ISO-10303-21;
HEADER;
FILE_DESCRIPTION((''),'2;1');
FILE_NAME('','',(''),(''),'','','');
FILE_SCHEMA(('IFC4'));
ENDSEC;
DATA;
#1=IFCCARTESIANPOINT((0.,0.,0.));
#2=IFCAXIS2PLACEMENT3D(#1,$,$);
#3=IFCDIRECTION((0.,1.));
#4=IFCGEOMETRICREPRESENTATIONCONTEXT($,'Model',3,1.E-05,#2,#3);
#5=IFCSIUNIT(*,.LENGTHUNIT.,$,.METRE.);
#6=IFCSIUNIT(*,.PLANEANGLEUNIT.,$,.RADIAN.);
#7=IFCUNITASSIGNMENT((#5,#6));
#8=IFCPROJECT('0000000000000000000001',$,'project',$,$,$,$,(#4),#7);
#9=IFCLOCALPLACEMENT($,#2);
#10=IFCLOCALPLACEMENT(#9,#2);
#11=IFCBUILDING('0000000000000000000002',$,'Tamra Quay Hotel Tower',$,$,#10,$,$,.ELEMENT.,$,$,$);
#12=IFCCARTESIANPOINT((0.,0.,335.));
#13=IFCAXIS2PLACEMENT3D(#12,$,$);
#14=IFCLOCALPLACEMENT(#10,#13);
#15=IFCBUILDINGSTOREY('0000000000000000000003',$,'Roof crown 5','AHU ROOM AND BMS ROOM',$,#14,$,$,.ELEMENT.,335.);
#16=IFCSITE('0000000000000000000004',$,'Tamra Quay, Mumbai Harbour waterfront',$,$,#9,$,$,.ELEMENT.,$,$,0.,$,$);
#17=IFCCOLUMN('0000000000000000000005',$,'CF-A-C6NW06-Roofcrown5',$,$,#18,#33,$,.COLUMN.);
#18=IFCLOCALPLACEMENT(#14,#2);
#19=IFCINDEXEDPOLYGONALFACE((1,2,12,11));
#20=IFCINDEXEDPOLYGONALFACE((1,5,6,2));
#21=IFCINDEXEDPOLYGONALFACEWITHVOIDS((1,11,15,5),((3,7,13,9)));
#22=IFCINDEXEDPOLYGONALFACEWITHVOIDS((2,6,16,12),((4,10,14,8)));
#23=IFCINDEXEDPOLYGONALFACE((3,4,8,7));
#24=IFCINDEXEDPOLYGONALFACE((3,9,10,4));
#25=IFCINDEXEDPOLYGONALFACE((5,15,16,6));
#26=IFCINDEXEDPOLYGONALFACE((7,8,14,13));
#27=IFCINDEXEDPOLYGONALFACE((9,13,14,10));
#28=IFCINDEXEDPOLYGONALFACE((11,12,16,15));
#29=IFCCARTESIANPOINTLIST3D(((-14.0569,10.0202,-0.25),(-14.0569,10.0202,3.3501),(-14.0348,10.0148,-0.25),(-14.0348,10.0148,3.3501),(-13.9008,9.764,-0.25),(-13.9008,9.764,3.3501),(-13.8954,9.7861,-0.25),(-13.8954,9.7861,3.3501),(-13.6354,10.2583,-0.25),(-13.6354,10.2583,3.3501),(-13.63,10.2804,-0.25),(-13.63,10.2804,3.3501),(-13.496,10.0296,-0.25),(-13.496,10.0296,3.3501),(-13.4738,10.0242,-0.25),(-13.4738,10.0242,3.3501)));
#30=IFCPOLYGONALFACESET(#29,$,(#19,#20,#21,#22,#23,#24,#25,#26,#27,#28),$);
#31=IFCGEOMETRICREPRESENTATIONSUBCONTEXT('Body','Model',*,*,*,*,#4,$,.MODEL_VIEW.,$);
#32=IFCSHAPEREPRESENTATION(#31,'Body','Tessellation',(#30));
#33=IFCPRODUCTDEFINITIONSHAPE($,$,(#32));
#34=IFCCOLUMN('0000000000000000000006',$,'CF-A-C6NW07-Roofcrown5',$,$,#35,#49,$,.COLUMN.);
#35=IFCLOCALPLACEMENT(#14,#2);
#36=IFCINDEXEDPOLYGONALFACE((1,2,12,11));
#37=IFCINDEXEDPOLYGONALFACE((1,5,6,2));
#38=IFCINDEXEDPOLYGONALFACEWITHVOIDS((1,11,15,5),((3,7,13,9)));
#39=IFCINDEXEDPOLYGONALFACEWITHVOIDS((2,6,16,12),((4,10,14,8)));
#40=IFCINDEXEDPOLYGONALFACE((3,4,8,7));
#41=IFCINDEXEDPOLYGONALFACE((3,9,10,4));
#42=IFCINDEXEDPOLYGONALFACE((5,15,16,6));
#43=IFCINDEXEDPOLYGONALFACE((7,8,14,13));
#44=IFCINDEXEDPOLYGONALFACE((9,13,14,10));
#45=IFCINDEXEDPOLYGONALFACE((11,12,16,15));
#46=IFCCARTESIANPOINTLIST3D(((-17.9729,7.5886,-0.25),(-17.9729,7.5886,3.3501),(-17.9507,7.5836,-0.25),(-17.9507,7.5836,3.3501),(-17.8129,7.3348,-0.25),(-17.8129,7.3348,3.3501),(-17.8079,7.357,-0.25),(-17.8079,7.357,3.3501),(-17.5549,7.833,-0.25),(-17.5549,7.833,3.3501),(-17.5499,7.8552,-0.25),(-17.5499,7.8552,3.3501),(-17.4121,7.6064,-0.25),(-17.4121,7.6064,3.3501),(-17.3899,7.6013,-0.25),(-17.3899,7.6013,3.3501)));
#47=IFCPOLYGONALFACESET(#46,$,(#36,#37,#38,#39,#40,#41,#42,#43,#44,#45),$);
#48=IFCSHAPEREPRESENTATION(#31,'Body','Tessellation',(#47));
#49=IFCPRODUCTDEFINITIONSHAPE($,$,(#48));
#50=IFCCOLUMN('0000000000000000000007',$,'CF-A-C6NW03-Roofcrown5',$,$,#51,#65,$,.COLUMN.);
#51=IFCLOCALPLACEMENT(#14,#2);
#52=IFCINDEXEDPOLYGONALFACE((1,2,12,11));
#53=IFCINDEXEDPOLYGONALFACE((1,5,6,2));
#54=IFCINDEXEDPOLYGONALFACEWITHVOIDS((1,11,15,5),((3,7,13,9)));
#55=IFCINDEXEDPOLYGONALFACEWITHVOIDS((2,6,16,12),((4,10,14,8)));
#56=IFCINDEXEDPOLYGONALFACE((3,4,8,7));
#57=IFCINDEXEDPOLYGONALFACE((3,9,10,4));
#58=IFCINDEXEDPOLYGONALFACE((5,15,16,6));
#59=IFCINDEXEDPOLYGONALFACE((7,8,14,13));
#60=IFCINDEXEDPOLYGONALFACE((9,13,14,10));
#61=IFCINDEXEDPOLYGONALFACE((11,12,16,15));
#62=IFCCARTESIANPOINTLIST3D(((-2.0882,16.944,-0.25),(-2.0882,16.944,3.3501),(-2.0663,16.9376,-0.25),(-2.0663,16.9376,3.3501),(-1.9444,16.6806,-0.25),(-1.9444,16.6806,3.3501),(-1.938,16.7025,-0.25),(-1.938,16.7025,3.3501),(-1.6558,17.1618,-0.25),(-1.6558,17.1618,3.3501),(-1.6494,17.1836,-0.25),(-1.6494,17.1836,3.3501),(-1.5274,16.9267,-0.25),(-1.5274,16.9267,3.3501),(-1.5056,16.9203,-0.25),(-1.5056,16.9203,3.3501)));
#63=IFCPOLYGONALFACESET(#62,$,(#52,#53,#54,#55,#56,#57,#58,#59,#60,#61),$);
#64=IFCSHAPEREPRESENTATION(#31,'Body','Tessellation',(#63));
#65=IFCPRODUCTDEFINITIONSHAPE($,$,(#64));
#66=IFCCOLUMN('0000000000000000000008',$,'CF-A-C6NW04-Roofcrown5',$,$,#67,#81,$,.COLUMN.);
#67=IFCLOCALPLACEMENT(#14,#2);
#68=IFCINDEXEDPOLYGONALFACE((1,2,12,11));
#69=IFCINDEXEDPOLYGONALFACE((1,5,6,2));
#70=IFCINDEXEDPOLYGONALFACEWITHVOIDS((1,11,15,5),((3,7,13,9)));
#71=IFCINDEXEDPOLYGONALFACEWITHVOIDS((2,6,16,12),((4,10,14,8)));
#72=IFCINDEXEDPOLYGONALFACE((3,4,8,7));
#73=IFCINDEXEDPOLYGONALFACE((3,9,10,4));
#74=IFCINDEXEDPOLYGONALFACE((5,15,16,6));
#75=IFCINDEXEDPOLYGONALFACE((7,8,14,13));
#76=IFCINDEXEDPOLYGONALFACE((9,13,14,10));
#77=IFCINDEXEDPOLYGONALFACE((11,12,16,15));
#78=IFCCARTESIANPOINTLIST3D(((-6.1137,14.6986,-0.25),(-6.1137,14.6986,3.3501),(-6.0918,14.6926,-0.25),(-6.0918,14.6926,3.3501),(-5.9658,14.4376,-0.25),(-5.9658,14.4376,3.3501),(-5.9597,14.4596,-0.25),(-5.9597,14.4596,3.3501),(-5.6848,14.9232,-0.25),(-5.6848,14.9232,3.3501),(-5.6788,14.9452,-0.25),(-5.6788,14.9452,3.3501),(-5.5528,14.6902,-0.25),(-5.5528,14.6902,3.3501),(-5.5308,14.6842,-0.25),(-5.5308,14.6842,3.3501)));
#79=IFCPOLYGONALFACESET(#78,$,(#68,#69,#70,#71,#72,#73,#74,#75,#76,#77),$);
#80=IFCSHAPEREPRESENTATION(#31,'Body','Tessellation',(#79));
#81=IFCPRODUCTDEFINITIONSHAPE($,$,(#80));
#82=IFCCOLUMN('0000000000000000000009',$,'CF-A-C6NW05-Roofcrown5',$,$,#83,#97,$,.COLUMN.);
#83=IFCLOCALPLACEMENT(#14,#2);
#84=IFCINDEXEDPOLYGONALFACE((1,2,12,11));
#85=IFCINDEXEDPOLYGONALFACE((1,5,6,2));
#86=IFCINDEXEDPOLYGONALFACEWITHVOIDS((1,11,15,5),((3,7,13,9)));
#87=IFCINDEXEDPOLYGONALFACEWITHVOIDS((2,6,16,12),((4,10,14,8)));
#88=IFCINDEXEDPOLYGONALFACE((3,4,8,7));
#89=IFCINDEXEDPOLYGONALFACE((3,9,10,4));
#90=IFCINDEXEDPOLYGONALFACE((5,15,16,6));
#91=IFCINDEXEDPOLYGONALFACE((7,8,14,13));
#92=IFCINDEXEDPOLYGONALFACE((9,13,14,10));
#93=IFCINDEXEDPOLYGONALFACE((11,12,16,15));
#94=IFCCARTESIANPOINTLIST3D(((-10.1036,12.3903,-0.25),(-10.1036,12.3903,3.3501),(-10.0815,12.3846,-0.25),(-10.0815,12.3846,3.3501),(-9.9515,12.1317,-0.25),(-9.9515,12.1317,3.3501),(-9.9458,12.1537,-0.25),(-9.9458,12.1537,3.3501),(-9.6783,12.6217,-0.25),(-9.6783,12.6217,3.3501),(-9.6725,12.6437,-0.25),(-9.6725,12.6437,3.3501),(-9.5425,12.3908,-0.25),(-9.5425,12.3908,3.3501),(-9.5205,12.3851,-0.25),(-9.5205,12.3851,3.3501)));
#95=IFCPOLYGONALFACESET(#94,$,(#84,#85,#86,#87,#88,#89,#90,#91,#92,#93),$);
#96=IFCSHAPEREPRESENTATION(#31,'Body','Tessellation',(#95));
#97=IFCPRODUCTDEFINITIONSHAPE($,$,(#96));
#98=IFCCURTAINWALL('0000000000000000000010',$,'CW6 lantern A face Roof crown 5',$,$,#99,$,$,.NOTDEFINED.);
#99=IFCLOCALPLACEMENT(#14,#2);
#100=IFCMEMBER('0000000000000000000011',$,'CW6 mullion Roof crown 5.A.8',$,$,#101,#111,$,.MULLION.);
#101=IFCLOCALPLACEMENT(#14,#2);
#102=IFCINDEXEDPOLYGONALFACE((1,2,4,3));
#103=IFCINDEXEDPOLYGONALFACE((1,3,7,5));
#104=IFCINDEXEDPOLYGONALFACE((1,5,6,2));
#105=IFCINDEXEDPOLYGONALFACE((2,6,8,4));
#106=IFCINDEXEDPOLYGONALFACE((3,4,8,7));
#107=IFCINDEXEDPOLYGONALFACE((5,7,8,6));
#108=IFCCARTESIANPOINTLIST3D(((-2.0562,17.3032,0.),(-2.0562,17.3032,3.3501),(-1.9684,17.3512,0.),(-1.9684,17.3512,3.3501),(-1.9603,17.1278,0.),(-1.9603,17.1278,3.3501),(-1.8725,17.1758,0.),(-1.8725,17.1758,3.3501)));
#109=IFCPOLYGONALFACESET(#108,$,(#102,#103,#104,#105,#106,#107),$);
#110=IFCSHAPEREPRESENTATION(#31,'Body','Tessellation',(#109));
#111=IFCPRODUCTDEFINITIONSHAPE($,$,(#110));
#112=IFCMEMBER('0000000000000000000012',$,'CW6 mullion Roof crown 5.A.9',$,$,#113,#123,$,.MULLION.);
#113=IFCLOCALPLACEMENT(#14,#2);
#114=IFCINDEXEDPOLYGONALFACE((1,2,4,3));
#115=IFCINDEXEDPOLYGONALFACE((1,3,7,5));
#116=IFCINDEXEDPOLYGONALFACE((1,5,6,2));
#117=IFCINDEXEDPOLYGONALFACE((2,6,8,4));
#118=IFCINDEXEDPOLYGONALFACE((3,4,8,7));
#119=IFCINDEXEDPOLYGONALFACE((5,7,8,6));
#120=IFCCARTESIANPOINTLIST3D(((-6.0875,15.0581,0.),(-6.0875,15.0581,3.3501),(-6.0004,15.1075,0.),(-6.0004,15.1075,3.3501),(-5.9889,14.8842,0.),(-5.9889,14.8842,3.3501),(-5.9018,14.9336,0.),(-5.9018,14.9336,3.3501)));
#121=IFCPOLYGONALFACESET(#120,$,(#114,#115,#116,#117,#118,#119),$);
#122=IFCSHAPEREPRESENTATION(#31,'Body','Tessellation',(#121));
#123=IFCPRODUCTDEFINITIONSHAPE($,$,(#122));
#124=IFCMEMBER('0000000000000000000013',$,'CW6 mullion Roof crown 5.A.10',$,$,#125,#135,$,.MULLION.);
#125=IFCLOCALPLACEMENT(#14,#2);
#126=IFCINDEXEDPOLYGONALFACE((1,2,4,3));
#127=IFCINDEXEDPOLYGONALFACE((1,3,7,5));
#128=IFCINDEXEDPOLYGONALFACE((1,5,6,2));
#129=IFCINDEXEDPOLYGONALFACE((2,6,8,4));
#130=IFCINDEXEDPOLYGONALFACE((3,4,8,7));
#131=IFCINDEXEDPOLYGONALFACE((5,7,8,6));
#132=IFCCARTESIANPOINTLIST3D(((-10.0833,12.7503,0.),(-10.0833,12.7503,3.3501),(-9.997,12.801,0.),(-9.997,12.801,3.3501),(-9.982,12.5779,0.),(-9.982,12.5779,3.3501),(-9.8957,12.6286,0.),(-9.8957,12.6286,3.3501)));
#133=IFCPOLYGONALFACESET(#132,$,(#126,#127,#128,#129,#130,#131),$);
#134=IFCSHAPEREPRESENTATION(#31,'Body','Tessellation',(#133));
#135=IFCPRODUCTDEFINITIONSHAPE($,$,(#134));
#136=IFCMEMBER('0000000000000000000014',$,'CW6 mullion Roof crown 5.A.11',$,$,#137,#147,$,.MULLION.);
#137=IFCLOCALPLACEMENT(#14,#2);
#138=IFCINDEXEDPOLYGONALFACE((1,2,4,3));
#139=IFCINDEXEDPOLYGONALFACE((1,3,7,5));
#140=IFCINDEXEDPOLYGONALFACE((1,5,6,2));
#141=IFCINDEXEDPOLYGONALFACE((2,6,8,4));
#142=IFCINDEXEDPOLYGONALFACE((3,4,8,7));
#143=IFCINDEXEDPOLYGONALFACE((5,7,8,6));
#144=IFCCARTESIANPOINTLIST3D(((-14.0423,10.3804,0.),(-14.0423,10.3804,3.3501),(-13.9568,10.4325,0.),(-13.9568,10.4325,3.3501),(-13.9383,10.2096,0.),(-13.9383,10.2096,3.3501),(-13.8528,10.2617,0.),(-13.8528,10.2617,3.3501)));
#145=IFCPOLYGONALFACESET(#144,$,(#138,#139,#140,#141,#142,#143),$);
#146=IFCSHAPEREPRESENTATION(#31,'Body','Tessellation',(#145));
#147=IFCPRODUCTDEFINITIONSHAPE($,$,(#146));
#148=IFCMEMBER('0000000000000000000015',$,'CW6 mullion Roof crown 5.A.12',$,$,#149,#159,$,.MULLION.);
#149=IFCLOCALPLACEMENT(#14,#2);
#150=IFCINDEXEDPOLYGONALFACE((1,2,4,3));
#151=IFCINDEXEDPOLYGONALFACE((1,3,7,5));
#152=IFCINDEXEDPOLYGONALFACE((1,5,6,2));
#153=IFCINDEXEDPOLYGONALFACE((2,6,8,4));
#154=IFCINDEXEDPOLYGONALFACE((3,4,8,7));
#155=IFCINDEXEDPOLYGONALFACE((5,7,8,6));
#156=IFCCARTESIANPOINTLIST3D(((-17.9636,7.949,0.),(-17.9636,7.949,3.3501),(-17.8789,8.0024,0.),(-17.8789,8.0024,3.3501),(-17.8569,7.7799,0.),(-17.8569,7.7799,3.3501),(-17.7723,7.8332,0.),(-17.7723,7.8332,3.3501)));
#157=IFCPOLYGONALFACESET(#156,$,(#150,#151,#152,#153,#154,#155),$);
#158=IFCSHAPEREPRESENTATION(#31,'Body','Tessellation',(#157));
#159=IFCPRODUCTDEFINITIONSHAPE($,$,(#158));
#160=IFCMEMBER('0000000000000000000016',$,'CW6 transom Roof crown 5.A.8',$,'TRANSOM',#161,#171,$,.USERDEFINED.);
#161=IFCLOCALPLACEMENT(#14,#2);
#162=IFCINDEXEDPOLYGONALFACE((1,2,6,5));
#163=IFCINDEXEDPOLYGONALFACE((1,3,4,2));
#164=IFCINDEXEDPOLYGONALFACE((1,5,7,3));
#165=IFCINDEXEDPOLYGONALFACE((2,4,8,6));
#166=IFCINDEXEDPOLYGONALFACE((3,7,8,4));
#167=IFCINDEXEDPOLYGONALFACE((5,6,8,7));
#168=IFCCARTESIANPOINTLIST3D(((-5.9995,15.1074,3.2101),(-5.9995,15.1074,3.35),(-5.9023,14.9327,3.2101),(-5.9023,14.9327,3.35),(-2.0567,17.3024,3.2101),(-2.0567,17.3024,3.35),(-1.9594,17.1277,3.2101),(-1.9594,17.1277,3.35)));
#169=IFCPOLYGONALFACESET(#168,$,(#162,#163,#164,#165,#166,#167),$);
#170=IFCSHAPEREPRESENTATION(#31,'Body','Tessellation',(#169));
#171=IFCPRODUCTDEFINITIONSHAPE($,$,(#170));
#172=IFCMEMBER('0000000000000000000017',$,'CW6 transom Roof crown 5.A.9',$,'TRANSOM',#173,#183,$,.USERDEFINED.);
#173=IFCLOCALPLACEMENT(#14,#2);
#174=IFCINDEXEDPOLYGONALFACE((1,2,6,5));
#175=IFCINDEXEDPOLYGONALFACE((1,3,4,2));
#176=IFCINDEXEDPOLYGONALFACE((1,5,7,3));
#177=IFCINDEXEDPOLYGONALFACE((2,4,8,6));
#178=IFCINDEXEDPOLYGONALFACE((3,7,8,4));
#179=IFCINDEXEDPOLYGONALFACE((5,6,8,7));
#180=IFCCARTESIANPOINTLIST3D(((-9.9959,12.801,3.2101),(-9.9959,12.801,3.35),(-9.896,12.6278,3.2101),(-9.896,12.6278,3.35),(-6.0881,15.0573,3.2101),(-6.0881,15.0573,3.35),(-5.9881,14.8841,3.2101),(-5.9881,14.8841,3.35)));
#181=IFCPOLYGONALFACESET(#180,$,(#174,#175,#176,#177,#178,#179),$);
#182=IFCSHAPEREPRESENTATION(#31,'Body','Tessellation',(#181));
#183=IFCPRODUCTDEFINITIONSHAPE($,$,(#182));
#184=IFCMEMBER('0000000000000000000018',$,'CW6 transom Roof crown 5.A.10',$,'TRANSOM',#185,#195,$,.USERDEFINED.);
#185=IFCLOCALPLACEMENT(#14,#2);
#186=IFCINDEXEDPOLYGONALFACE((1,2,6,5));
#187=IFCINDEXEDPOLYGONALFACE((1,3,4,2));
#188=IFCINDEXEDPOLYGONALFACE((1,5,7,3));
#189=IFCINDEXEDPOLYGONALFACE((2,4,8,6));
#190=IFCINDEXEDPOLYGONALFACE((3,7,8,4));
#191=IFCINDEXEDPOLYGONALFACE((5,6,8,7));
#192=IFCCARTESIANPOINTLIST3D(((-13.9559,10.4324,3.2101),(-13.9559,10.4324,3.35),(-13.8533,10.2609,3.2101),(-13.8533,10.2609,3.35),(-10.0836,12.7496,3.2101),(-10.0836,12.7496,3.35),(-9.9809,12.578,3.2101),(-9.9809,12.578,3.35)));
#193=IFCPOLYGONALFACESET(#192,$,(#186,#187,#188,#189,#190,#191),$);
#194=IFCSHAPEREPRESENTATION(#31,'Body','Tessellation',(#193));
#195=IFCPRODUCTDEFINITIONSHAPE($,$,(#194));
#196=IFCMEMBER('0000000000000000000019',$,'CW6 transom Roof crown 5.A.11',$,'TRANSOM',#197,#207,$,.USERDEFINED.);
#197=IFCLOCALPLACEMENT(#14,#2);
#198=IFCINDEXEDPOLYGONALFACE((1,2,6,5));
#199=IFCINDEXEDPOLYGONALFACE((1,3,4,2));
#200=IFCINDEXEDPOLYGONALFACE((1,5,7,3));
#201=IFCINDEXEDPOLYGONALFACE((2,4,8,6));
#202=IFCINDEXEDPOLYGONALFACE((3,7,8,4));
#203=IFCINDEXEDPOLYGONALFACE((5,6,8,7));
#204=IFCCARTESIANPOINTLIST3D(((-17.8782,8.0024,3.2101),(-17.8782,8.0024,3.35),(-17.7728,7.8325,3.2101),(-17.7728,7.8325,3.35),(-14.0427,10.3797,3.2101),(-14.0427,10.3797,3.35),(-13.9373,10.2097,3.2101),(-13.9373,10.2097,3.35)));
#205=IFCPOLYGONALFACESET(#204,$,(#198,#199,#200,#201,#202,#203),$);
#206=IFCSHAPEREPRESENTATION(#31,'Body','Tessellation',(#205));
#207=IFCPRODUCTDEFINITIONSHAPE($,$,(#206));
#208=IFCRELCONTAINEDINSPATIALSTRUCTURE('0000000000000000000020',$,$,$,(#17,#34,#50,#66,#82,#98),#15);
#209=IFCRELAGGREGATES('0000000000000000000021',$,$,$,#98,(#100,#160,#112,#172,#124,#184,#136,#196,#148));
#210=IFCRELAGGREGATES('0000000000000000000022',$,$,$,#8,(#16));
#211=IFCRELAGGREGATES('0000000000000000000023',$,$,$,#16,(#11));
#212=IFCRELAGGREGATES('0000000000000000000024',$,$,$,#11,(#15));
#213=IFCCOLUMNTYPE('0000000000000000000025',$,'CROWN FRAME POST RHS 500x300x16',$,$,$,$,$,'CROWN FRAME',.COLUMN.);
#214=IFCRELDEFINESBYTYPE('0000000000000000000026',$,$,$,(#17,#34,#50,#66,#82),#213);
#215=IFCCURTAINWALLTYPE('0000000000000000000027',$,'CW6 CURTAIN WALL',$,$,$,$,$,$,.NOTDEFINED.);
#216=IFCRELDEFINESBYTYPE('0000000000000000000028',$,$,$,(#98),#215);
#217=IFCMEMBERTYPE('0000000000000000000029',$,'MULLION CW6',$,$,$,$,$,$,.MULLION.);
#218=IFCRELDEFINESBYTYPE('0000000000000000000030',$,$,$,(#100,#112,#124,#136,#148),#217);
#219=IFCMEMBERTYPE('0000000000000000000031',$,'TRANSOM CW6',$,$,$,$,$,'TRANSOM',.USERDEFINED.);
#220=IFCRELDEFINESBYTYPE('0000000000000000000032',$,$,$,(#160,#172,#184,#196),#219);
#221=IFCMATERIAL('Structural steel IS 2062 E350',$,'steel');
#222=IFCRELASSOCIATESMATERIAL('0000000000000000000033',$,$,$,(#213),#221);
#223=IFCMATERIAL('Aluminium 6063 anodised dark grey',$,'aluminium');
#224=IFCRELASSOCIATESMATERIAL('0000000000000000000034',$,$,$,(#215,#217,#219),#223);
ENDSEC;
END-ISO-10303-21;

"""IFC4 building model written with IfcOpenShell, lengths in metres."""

from ifc_helpers import new_model, si_unit, direction, frame, origin, origin_2d, place, context, subcontext, project, spatial, rectangle, hollow_rectangle, extrude, material, material_profile, profile_set, type_object, element, aggregate, save


model = new_model("IFC4")

# Units and contexts
model_context = context("Model", 3, precision=1e-05, world=origin(), true_north=direction((0.0, 1.0)))
body_context = subcontext(model_context, "Body", "Model", "MODEL_VIEW")
ifc_project = project(units=[si_unit("LENGTHUNIT", "METRE"), si_unit("PLANEANGLEUNIT", "RADIAN")], contexts=[model_context])

# Site, building, storey
site_placement = place(None, origin())
site = spatial("IfcSite", under=ifc_project, at=site_placement, Name="Tamra Quay, Mumbai Harbour waterfront", CompositionType="ELEMENT", RefElevation=0.0)
building_placement = place(site_placement, origin())
building = spatial("IfcBuilding", under=site, at=building_placement, Name="Tamra Quay Hotel Tower", CompositionType="ELEMENT")
storey_placement = place(building_placement, frame((0.0, 0.0, 335.0)))
storey = spatial("IfcBuildingStorey", under=building, at=storey_placement, Name="Roof crown 5", Description="AHU ROOM AND BMS ROOM", CompositionType="ELEMENT", Elevation=335.0)

# Columns
ifc_material_1 = material(Name="Structural steel IS 2062 E350", Category="steel")
ifc_material_profile_1 = material_profile(ifc_material_1, hollow_rectangle(XDim=0.3, YDim=0.5, WallThickness=0.0161, at=origin_2d()), Name="RHS 500x300x16")
ifc_profile_set_1 = profile_set([ifc_material_profile_1], Name="Structural steel IS 2062 E350")
column_type = type_object("IfcColumnType", Name="CROWN FRAME POST RHS 500x300x16", ElementType="CROWN FRAME", PredefinedType="COLUMN", material=ifc_profile_set_1)
for number, where, z_axis, x_axis, name in (
    (1, (-13.7654, 10.0222, -0.25), (0.0, 0.0, 1.0), (-0.52043, 0.853904, 0.0), "CF-A-C6NW06-Roofcrown5"),
    (2, (-17.6814, 7.595, -0.25), (0.0, 0.0, 1.0), (-0.533133, 0.846031, 0.0), "CF-A-C6NW07-Roofcrown5"),
    (3, (-1.7969, 16.9321, -0.25), (0.0, 0.0, 1.0), (-0.479288, 0.877658, 0.0), "CF-A-C6NW03-Roofcrown5"),
    (4, (-5.8223, 14.6914, -0.25), (0.0, 0.0, 1.0), (-0.493125, 0.869958, 0.0), "CF-A-C6NW04-Roofcrown5"),
    (5, (-9.812, 12.3877, -0.25), (0.0, 0.0, 1.0), (-0.506843, 0.862038, 0.0), "CF-A-C6NW05-Roofcrown5"),
):
    element("IfcColumn", number, at=place(storey_placement, frame(where, z_axis=z_axis, x_axis=x_axis)), inside=storey, type_object=column_type, Name=name, PredefinedType="COLUMN", context=body_context, shape_type="SweptSolid", body=[
        extrude(hollow_rectangle(XDim=0.3, YDim=0.5, WallThickness=0.0161, at=origin_2d()), origin(), (0.0, 0.0, 1.0), 3.6001),
    ])

# Curtain wall, members
ifc_material_2 = material(Name="Aluminium 6063 anodised dark grey", Category="aluminium")
curtain_wall_type = type_object("IfcCurtainWallType", Name="CW6 CURTAIN WALL", PredefinedType="NOTDEFINED", material=ifc_material_2)
curtain_wall_placement = place(storey_placement, origin())
curtain_wall = element("IfcCurtainWall", 6, at=curtain_wall_placement, inside=storey, type_object=curtain_wall_type, Name="CW6 lantern A face Roof crown 5", PredefinedType="NOTDEFINED")
ifc_material_profile_2 = material_profile(ifc_material_2, rectangle(XDim=0.2, YDim=0.1001, at=origin_2d()), Name="MULLION 100X200")
ifc_profile_set_2 = profile_set([ifc_material_profile_2], Name="Aluminium 6063 anodised dark grey")
member_type_1 = type_object("IfcMemberType", Name="MULLION CW6", PredefinedType="MULLION", material=ifc_profile_set_2)
member_1_placement = place(storey_placement, frame((-1.9644, 17.2395, 0.0), z_axis=(0.0, 0.0, 1.0), x_axis=(-0.479565, 0.877506, 0.0)))
member_1 = element("IfcMember", 7, at=member_1_placement, type_object=member_type_1, Name="CW6 mullion Roof crown 5.A.8", PredefinedType="MULLION", context=body_context, shape_type="SweptSolid", body=[
    extrude(rectangle(XDim=0.2, YDim=0.1001, at=origin_2d()), origin(), (0.0, 0.0, 1.0), 3.3501),
])
member_2_placement = place(storey_placement, frame((-5.9946, 14.9958, 0.0), z_axis=(0.0, 0.0, 1.0), x_axis=(-0.493216, 0.869907, 0.0)))
member_2 = element("IfcMember", 8, at=member_2_placement, type_object=member_type_1, Name="CW6 mullion Roof crown 5.A.9", PredefinedType="MULLION", context=body_context, shape_type="SweptSolid", body=[
    extrude(rectangle(XDim=0.2, YDim=0.1001, at=origin_2d()), origin(), (0.0, 0.0, 1.0), 3.3501),
])
member_3_placement = place(storey_placement, frame((-9.9895, 12.6895, 0.0), z_axis=(0.0, 0.0, 1.0), x_axis=(-0.506754, 0.862091, 0.0)))
member_3 = element("IfcMember", 9, at=member_3_placement, type_object=member_type_1, Name="CW6 mullion Roof crown 5.A.10", PredefinedType="MULLION", context=body_context, shape_type="SweptSolid", body=[
    extrude(rectangle(XDim=0.2, YDim=0.1001, at=origin_2d()), origin(), (0.0, 0.0, 1.0), 3.3501),
])
member_4_placement = place(storey_placement, frame((-13.9475, 10.321, 0.0), z_axis=(0.0, 0.0, 1.0), x_axis=(-0.52016, 0.854069, 0.0)))
member_4 = element("IfcMember", 10, at=member_4_placement, type_object=member_type_1, Name="CW6 mullion Roof crown 5.A.11", PredefinedType="MULLION", context=body_context, shape_type="SweptSolid", body=[
    extrude(rectangle(XDim=0.2, YDim=0.1001, at=origin_2d()), origin(), (0.0, 0.0, 1.0), 3.3501),
])
member_5_placement = place(storey_placement, frame((-17.8679, 7.8911, 0.0), z_axis=(0.0, 0.0, 1.0), x_axis=(-0.533422, 0.845849, 0.0)))
member_5 = element("IfcMember", 11, at=member_5_placement, type_object=member_type_1, Name="CW6 mullion Roof crown 5.A.12", PredefinedType="MULLION", context=body_context, shape_type="SweptSolid", body=[
    extrude(rectangle(XDim=0.2, YDim=0.1001, at=origin_2d()), origin(), (0.0, 0.0, 1.0), 3.3501),
])
ifc_material_profile_3 = material_profile(ifc_material_2, rectangle(XDim=0.2, YDim=0.1399, at=origin_2d()), Name="TRANSOM 200X140")
ifc_profile_set_3 = profile_set([ifc_material_profile_3], Name="Aluminium 6063 anodised dark grey")
member_type_2 = type_object("IfcMemberType", Name="TRANSOM CW6", ElementType="TRANSOM", PredefinedType="USERDEFINED", material=ifc_profile_set_3)
member_6_placement = place(storey_placement, frame((-2.0081, 17.2151, 3.28), z_axis=(-0.873726, -0.486419, 0.0), x_axis=(0.486419, -0.873726, 0.0)))
member_6 = element("IfcMember", 12, at=member_6_placement, type_object=member_type_2, Name="CW6 transom Roof crown 5.A.8", ObjectType="TRANSOM", PredefinedType="USERDEFINED", context=body_context, shape_type="SweptSolid", body=[
    extrude(rectangle(XDim=0.2, YDim=0.1399, at=origin_2d()), origin(), (0.0, 0.0, 1.0), 4.5127),
])
member_7_placement = place(storey_placement, frame((-6.0381, 14.9707, 3.28), z_axis=(-0.866017, -0.500014, 0.0), x_axis=(0.500014, -0.866017, 0.0)))
member_7 = element("IfcMember", 13, at=member_7_placement, type_object=member_type_2, Name="CW6 transom Roof crown 5.A.9", ObjectType="TRANSOM", PredefinedType="USERDEFINED", context=body_context, shape_type="SweptSolid", body=[
    extrude(rectangle(XDim=0.2, YDim=0.1399, at=origin_2d()), origin(), (0.0, 0.0, 1.0), 4.5125),
])
member_8_placement = place(storey_placement, frame((-10.0322, 12.6638, 3.28), z_axis=(-0.858103, -0.513477, 0.0), x_axis=(0.513477, -0.858103, 0.0)))
member_8 = element("IfcMember", 14, at=member_8_placement, type_object=member_type_2, Name="CW6 transom Roof crown 5.A.10", ObjectType="TRANSOM", PredefinedType="USERDEFINED", context=body_context, shape_type="SweptSolid", body=[
    extrude(rectangle(XDim=0.2, YDim=0.1399, at=origin_2d()), origin(), (0.0, 0.0, 1.0), 4.5127),
])
member_9_placement = place(storey_placement, frame((-13.99, 10.2947, 3.28), z_axis=(-0.84998, -0.526815, 0.0), x_axis=(0.526815, -0.84998, 0.0)))
member_9 = element("IfcMember", 15, at=member_9_placement, type_object=member_type_2, Name="CW6 transom Roof crown 5.A.11", ObjectType="TRANSOM", PredefinedType="USERDEFINED", context=body_context, shape_type="SweptSolid", body=[
    extrude(rectangle(XDim=0.2, YDim=0.1399, at=origin_2d()), origin(), (0.0, 0.0, 1.0), 4.5125),
])
aggregate(curtain_wall, [member_1, member_6, member_2, member_7, member_3, member_8, member_4, member_9, member_5])

save(model, "model.ifc")
